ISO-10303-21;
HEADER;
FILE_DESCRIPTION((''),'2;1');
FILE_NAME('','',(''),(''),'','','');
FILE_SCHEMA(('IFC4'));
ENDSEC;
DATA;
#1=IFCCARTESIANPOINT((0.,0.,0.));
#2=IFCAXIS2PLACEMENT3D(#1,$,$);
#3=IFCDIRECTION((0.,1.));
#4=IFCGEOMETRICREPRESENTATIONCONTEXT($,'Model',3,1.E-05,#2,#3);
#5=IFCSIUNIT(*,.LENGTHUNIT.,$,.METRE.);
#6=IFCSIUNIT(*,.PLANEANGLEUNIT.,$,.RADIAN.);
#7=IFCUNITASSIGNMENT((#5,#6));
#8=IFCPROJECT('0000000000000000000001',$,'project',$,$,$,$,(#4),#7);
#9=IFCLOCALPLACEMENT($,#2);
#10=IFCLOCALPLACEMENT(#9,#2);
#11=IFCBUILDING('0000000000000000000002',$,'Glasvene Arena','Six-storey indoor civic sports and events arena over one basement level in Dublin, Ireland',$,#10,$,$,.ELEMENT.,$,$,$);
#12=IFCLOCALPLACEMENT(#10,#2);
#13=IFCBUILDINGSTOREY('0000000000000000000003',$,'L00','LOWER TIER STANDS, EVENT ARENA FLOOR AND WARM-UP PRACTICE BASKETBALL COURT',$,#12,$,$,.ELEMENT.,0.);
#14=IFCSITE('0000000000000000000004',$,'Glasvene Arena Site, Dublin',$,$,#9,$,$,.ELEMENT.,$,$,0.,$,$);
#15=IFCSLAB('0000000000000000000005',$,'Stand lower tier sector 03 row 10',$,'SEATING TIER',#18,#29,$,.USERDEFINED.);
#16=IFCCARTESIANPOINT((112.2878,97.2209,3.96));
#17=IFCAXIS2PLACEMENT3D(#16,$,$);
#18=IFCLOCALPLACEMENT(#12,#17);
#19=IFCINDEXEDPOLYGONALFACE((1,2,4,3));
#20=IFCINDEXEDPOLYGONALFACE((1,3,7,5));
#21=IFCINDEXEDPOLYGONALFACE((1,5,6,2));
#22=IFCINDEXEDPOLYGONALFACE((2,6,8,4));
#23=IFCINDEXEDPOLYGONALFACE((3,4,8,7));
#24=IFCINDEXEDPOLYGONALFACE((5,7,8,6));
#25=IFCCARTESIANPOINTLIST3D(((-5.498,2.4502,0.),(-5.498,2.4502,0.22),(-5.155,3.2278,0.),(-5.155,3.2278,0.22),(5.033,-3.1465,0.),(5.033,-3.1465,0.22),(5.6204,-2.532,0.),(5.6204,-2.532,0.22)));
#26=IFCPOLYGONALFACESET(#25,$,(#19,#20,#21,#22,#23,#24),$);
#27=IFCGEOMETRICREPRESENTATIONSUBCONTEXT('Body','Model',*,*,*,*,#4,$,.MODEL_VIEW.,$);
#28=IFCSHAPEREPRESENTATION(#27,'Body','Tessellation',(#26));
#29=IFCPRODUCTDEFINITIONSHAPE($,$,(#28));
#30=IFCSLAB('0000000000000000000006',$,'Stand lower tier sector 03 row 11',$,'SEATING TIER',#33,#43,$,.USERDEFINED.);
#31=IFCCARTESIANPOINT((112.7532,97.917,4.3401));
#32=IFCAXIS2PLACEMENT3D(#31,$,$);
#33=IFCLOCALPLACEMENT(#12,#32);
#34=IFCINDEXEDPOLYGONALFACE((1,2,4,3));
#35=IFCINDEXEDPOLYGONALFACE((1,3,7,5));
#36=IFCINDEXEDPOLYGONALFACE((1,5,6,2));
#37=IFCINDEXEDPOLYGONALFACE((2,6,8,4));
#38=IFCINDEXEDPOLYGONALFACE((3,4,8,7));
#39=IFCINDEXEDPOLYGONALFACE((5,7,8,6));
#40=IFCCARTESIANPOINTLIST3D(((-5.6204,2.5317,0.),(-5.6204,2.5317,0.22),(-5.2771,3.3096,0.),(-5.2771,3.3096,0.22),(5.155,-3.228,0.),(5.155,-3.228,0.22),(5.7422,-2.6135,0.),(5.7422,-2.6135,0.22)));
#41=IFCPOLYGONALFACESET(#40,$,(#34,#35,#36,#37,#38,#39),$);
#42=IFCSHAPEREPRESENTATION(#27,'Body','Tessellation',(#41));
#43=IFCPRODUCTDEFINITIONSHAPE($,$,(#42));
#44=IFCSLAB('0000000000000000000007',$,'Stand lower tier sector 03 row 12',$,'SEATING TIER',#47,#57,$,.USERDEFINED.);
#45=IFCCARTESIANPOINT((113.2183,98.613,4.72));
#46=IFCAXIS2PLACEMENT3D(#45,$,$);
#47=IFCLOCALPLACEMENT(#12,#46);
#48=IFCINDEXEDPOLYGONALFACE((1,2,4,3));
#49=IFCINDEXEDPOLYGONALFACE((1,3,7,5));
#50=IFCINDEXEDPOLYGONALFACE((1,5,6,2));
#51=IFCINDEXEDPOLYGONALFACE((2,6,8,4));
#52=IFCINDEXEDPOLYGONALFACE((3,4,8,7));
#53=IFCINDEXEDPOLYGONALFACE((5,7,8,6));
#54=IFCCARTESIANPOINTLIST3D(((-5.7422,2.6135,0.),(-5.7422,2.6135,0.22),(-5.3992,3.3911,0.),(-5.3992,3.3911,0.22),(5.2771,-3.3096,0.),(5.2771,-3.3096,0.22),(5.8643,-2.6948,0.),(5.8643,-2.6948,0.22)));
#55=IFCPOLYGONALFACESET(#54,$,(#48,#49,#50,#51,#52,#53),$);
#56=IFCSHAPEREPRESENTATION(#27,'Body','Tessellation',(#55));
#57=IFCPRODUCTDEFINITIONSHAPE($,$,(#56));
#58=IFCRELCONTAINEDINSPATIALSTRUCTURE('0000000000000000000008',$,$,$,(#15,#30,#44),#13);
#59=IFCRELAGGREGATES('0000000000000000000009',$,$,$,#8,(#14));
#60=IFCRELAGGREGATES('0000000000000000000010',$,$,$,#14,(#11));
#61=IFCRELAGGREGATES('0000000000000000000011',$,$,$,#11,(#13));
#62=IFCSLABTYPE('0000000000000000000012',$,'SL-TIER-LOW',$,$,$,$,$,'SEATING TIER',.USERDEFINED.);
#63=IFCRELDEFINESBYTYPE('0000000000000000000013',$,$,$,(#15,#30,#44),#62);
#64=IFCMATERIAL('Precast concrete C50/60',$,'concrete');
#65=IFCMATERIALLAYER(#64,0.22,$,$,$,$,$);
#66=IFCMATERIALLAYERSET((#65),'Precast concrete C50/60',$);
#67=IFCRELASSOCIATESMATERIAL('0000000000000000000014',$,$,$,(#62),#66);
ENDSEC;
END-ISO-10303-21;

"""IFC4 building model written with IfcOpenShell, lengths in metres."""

from ifc_helpers import new_model, si_unit, direction, frame, origin, place, context, subcontext, project, spatial, polyline, outline, extrude, material, layer, layer_set, type_object, element, save


model = new_model("IFC4")

# Units and contexts
model_context = context("Model", 3, precision=1e-05, world=origin(), true_north=direction((0.0, 1.0)))
body_context = subcontext(model_context, "Body", "Model", "MODEL_VIEW")
ifc_project = project(units=[si_unit("LENGTHUNIT", "METRE"), si_unit("PLANEANGLEUNIT", "RADIAN")], contexts=[model_context])

# Site, building, storey
site_placement = place(None, origin())
site = spatial("IfcSite", under=ifc_project, at=site_placement, Name="Glasvene Arena Site, Dublin", CompositionType="ELEMENT", RefElevation=0.0)
building_placement = place(site_placement, origin())
building = spatial("IfcBuilding", under=site, at=building_placement, Name="Glasvene Arena", Description="Six-storey indoor civic sports and events arena over one basement level in Dublin, Ireland", CompositionType="ELEMENT")
storey_placement = place(building_placement, origin())
storey = spatial("IfcBuildingStorey", under=building, at=storey_placement, Name="L00", Description="LOWER TIER STANDS, EVENT ARENA FLOOR AND WARM-UP PRACTICE BASKETBALL COURT", CompositionType="ELEMENT", Elevation=0.0)

# Shared definitions
ifc_material_1 = material(Name="Precast concrete C50/60", Category="concrete")

# Slabs
ifc_layer_1 = layer(ifc_material_1, 0.22)
ifc_layer_set_1 = layer_set([ifc_layer_1], Name="Precast concrete C50/60")
slab_type_1 = type_object("IfcSlabType", Name="SL-TIER-LOW", ElementType="SEATING TIER", PredefinedType="USERDEFINED", material=ifc_layer_set_1)
slab_1_placement = place(storey_placement, frame((112.2878, 97.2209, 3.96)))
element("IfcSlab", 1, at=slab_1_placement, inside=storey, type_object=slab_type_1, Name="Stand lower tier sector 03 row 10", ObjectType="SEATING TIER", PredefinedType="USERDEFINED", context=body_context, shape_type="SweptSolid", body=[
    extrude(outline(polyline([(5.033, -3.1465), (-5.498, 2.4502), (-5.155, 3.2278), (5.6204, -2.532), (5.033, -3.1465)])), origin(), (0.0, 0.0, 1.0), 0.22),
])
slab_2_placement = place(storey_placement, frame((112.7532, 97.917, 4.3401)))
element("IfcSlab", 2, at=slab_2_placement, inside=storey, type_object=slab_type_1, Name="Stand lower tier sector 03 row 11", ObjectType="SEATING TIER", PredefinedType="USERDEFINED", context=body_context, shape_type="SweptSolid", body=[
    extrude(outline(polyline([(5.155, -3.228), (-5.6204, 2.5317), (-5.2771, 3.3096), (5.7422, -2.6135), (5.155, -3.228)])), origin(), (0.0, 0.0, 1.0), 0.22),
])
slab_3_placement = place(storey_placement, frame((113.2183, 98.613, 4.72)))
element("IfcSlab", 3, at=slab_3_placement, inside=storey, type_object=slab_type_1, Name="Stand lower tier sector 03 row 12", ObjectType="SEATING TIER", PredefinedType="USERDEFINED", context=body_context, shape_type="SweptSolid", body=[
    extrude(outline(polyline([(5.2771, -3.3096), (-5.7422, 2.6135), (-5.3992, 3.3911), (5.8643, -2.6948), (5.2771, -3.3096)])), origin(), (0.0, 0.0, 1.0), 0.22),
])

save(model, "model.ifc")
